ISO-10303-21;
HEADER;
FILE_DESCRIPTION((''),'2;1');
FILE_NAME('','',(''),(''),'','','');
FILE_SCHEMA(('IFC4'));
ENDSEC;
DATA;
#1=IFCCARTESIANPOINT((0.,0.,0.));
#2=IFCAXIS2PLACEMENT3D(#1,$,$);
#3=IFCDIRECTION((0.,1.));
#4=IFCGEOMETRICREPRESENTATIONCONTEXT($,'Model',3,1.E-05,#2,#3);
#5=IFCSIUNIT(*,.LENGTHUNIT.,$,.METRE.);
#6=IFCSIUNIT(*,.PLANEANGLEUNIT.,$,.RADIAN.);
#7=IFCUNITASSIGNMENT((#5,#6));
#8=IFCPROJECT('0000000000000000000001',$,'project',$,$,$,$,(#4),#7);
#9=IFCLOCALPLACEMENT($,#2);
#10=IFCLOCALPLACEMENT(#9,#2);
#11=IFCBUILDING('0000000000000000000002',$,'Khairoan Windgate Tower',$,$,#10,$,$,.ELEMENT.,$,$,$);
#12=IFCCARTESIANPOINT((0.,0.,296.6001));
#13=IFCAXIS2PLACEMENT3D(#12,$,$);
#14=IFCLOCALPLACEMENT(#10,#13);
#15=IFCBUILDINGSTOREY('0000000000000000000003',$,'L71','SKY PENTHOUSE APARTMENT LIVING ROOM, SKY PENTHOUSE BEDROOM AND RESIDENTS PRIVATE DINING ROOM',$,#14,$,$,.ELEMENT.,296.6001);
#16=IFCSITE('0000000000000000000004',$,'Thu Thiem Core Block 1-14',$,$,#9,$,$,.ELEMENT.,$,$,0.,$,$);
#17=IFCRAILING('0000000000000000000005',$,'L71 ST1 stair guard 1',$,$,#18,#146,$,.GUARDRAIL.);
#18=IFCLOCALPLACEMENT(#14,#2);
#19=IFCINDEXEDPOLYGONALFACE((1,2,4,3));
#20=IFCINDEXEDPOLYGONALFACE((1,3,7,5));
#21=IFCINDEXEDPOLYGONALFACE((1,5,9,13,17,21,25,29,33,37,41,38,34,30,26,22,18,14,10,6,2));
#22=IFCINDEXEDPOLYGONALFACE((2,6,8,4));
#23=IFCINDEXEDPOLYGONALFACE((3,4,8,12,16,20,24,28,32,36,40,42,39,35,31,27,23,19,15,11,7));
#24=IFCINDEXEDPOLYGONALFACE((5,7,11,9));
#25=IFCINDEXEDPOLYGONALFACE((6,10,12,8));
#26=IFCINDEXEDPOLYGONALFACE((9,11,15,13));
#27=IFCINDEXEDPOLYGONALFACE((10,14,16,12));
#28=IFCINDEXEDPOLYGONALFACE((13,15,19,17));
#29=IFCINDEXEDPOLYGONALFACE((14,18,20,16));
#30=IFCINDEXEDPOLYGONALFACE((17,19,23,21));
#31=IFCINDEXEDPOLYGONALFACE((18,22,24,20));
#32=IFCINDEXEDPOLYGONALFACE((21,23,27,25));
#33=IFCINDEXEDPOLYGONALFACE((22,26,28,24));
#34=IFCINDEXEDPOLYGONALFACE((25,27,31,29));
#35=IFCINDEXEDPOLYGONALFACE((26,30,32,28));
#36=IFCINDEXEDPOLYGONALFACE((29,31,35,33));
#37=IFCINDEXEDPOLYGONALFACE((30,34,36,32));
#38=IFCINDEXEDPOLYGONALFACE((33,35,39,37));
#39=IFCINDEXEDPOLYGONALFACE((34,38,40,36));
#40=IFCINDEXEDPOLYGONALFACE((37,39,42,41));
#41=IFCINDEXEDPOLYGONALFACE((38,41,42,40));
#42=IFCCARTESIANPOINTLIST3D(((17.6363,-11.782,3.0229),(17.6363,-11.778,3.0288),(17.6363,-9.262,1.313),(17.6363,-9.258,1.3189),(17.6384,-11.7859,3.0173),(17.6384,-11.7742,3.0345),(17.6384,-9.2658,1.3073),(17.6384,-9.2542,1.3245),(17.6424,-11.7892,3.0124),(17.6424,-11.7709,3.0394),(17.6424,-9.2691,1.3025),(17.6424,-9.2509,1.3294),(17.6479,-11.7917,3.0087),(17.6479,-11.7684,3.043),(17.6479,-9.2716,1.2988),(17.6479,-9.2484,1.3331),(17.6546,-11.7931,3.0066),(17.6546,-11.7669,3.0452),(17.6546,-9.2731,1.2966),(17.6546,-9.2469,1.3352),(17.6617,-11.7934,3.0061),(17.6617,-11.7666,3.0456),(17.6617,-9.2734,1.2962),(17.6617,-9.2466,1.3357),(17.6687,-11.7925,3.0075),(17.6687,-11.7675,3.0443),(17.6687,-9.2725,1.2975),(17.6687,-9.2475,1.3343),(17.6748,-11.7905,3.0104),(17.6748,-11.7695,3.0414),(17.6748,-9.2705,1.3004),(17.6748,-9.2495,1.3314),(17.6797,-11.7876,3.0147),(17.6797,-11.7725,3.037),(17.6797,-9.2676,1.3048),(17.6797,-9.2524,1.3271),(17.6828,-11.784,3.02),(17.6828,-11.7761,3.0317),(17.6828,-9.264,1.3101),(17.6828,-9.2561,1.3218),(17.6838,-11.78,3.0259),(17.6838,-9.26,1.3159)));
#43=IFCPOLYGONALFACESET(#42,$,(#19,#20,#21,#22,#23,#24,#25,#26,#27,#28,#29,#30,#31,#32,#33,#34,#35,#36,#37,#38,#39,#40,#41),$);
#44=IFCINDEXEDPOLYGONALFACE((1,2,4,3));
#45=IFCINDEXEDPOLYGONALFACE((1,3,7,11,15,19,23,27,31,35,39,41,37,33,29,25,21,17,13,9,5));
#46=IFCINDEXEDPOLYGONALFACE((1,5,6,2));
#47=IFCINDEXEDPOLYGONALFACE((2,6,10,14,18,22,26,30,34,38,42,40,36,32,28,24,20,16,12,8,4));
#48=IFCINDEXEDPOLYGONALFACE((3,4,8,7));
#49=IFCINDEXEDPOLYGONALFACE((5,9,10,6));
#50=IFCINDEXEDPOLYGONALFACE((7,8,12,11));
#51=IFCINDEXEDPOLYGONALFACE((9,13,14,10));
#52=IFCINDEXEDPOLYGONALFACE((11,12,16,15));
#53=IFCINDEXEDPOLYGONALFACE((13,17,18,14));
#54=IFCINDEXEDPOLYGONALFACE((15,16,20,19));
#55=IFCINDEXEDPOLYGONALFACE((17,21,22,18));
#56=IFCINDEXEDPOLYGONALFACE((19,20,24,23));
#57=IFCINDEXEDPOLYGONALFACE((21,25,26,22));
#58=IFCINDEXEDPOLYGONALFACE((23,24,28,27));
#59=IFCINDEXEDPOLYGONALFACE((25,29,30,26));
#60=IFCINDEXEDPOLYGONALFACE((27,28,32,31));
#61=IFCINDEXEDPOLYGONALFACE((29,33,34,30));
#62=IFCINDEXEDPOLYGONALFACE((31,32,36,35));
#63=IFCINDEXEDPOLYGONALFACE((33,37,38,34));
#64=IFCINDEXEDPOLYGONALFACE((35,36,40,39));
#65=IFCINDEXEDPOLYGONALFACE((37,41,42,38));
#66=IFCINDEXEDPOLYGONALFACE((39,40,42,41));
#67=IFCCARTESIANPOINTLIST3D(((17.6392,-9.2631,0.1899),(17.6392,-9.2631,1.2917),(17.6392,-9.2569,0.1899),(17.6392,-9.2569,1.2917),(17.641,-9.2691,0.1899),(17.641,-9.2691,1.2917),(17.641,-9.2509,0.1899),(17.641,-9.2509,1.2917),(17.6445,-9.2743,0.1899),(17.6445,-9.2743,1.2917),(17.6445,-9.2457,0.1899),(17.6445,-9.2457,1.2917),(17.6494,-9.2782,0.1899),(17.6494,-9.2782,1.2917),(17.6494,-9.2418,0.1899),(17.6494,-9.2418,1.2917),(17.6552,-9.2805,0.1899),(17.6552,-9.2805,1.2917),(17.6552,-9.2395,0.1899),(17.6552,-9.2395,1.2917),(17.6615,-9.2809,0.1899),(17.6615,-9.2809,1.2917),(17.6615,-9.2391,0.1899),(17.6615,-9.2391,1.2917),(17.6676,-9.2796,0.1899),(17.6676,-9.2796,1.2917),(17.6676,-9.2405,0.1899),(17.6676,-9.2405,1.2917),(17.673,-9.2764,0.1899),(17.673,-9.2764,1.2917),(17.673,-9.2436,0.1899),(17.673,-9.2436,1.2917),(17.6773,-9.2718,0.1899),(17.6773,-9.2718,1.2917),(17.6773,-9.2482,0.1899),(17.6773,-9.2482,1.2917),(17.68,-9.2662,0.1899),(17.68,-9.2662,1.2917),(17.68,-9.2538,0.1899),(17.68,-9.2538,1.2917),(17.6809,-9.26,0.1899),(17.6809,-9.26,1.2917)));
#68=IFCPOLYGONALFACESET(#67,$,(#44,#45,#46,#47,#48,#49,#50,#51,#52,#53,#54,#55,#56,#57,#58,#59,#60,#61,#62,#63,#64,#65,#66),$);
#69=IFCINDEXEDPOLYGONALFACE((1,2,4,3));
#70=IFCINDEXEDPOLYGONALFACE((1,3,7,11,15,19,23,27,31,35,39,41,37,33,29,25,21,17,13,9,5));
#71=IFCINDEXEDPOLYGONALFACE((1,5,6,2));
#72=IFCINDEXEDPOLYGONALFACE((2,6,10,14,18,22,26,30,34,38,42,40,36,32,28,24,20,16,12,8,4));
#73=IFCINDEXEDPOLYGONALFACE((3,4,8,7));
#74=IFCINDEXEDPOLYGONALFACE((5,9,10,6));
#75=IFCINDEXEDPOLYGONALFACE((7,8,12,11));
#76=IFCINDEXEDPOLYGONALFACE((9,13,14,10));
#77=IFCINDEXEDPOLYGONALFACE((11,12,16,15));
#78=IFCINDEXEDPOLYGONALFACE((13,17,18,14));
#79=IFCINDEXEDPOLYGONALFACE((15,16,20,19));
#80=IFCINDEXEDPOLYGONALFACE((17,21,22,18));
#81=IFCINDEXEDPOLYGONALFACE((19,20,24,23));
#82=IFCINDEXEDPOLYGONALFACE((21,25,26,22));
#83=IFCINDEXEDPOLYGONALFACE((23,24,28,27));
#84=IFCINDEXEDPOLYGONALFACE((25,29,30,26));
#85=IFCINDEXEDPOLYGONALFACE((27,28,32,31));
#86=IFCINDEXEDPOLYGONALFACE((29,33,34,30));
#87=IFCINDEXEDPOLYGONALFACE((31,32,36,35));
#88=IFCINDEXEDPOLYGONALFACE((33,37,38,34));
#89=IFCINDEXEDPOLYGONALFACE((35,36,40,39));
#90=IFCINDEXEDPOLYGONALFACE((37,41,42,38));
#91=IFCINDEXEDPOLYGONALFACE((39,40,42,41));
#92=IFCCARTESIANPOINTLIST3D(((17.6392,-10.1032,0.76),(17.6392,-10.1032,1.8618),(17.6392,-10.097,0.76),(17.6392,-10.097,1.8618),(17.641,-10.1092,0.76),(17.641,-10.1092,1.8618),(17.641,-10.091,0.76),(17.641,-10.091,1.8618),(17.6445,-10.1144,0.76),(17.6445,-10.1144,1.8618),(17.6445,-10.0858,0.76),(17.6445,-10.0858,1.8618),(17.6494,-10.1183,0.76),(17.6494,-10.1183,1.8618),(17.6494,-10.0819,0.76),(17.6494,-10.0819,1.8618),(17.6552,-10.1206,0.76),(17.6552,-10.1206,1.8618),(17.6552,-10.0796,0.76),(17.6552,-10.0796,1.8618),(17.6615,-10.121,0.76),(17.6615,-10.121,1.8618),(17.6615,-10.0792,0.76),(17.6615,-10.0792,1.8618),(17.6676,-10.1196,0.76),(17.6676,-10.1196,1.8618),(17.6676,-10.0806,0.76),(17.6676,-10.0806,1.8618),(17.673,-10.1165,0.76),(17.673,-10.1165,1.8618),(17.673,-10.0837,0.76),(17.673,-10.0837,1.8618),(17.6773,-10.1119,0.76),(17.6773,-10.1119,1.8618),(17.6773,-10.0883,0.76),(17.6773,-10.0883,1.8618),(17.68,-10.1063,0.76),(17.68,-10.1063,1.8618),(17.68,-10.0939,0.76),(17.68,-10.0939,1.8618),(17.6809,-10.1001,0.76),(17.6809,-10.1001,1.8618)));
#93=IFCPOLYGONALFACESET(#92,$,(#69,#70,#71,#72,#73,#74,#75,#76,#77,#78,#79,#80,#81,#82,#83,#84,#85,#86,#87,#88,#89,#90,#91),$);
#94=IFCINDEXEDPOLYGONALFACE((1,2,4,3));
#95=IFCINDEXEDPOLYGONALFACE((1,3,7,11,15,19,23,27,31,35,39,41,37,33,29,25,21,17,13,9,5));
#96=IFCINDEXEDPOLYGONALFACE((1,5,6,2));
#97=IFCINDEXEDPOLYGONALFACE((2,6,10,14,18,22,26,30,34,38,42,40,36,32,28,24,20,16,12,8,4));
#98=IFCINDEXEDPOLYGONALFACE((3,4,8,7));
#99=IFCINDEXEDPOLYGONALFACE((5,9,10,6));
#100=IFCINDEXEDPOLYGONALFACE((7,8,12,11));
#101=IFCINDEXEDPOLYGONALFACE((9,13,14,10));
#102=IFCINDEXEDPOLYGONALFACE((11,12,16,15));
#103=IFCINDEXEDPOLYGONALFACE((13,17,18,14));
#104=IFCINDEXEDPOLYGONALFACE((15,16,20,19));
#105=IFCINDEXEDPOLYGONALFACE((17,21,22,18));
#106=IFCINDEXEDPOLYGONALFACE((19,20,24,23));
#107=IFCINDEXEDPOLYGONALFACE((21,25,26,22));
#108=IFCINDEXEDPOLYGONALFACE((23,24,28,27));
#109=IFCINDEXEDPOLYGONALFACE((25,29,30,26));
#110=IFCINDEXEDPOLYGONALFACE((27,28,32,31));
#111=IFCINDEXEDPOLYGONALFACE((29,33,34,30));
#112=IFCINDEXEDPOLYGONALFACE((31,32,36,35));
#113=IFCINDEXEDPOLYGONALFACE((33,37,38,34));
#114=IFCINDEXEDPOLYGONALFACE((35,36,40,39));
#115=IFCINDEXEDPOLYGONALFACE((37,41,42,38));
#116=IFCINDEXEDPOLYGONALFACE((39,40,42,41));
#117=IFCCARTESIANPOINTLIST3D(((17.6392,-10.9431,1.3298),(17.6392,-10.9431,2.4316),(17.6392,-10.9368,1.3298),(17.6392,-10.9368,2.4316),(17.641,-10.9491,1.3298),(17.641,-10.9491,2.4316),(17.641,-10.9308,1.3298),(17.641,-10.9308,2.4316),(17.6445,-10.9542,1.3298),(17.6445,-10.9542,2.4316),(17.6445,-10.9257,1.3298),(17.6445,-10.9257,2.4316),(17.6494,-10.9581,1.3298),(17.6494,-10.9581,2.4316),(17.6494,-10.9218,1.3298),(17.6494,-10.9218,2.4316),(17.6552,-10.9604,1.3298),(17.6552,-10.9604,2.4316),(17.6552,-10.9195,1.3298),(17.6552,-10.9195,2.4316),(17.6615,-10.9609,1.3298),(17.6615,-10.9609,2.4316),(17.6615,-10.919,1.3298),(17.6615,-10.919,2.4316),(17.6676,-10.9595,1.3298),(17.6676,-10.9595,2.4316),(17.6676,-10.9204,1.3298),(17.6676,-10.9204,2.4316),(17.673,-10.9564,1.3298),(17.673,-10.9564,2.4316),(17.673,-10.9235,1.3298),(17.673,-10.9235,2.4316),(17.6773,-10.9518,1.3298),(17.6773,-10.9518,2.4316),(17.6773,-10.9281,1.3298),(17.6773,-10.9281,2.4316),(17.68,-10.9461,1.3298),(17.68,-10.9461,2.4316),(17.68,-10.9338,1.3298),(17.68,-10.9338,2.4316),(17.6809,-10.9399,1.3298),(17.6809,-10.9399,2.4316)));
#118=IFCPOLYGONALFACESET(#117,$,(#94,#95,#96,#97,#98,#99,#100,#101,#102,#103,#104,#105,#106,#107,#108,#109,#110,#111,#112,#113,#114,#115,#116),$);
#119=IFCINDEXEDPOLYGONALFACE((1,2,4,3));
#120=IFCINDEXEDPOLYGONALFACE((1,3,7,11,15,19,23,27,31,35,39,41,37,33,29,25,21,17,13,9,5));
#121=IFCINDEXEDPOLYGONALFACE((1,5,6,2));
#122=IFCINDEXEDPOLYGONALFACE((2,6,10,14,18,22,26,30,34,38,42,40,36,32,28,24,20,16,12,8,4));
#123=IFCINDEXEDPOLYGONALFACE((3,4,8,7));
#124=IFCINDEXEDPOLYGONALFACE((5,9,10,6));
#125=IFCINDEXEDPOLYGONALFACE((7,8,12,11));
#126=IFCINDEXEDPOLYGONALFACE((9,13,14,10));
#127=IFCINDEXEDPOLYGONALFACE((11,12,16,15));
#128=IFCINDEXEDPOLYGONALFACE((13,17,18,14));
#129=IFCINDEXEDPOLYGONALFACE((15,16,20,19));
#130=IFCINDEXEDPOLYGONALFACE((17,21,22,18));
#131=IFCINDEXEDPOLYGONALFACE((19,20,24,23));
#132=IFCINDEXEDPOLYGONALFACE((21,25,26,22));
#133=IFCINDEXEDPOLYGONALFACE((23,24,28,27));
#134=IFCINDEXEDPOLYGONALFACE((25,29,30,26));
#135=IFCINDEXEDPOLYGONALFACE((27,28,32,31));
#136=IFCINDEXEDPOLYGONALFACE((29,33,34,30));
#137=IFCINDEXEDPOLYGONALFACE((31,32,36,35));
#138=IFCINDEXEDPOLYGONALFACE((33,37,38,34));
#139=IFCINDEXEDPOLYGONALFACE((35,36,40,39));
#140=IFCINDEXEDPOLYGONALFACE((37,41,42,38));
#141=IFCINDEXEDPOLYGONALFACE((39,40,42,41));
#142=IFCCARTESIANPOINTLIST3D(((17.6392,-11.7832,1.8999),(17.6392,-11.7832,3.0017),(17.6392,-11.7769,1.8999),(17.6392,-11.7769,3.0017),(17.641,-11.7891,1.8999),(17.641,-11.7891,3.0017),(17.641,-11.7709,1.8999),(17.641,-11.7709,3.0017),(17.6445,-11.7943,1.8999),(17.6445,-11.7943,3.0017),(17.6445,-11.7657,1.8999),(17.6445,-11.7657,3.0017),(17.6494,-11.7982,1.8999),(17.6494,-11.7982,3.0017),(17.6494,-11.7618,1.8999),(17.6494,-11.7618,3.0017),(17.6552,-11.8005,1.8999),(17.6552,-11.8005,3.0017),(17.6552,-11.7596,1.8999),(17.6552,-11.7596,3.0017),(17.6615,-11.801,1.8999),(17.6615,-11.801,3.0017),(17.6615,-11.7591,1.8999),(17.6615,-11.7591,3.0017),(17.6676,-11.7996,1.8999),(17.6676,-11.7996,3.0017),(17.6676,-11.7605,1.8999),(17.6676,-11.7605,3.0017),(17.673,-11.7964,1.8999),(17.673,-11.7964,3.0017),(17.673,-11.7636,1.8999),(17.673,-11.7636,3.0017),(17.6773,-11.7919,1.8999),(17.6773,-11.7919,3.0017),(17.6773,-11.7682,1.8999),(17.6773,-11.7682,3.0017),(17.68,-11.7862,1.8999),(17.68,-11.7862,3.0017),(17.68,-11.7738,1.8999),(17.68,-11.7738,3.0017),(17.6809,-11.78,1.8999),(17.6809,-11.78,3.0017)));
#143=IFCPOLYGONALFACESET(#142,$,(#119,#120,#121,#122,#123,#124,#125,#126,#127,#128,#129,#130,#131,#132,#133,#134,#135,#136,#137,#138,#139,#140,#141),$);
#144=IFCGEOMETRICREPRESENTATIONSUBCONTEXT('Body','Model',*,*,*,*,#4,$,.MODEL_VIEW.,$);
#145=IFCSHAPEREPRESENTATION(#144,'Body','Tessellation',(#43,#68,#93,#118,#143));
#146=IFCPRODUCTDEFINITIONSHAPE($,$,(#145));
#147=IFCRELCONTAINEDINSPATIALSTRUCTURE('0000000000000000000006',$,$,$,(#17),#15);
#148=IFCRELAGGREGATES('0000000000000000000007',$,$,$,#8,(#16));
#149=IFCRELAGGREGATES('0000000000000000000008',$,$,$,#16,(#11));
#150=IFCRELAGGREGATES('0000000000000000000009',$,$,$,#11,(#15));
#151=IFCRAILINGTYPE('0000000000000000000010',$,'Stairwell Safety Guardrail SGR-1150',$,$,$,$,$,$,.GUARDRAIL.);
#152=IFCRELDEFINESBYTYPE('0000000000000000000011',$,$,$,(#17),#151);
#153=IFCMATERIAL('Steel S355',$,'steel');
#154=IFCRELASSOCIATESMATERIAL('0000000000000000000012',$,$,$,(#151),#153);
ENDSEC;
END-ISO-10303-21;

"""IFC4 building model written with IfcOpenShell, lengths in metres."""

from ifc_helpers import new_model, si_unit, direction, frame, origin, origin_2d, place, context, subcontext, project, spatial, circle, extrude, material, type_object, element, save


model = new_model("IFC4")

# Units and contexts
model_context = context("Model", 3, precision=1e-05, world=origin(), true_north=direction((0.0, 1.0)))
body_context = subcontext(model_context, "Body", "Model", "MODEL_VIEW")
ifc_project = project(units=[si_unit("LENGTHUNIT", "METRE"), si_unit("PLANEANGLEUNIT", "RADIAN")], contexts=[model_context])

# Site, building, storey
site_placement = place(None, origin())
site = spatial("IfcSite", under=ifc_project, at=site_placement, Name="Thu Thiem Core Block 1-14", CompositionType="ELEMENT", RefElevation=0.0)
building_placement = place(site_placement, origin())
building = spatial("IfcBuilding", under=site, at=building_placement, Name="Khairoan Windgate Tower", CompositionType="ELEMENT")
storey_placement = place(building_placement, frame((0.0, 0.0, 296.6001)))
storey = spatial("IfcBuildingStorey", under=building, at=storey_placement, Name="L71", Description="SKY PENTHOUSE APARTMENT LIVING ROOM, SKY PENTHOUSE BEDROOM AND RESIDENTS PRIVATE DINING ROOM", CompositionType="ELEMENT", Elevation=296.6001)

# Railing
ifc_material_1 = material(Name="Steel S355", Category="steel")
railing_type_1 = type_object("IfcRailingType", Name="Stairwell Safety Guardrail SGR-1150", PredefinedType="GUARDRAIL", material=ifc_material_1)
railing_1_placement = place(storey_placement, frame((17.6599, -9.26, 0.1899)))
element("IfcRailing", 1, at=railing_1_placement, inside=storey, type_object=railing_type_1, Name="L71 ST1 stair guard 1", PredefinedType="GUARDRAIL", context=body_context, shape_type="SweptSolid", body=[
    extrude(circle(Radius=0.0239, at=origin_2d()), frame((0.0, 0.0, 1.126), z_axis=(0.0, -0.827484, 0.56149), x_axis=(1.0, 0.0, 0.0)), (0.0, 0.0, 1.0), 3.0454),
    extrude(circle(Radius=0.021, at=origin_2d()), origin(), (0.0, 0.0, 1.0), 1.1018),
    extrude(circle(Radius=0.021, at=origin_2d()), frame((0.0, -0.8401, 0.5701)), (0.0, 0.0, 1.0), 1.1018),
    extrude(circle(Radius=0.021, at=origin_2d()), frame((0.0, -1.6799, 1.1399)), (0.0, 0.0, 1.0), 1.1018),
    extrude(circle(Radius=0.021, at=origin_2d()), frame((0.0, -2.52, 1.71)), (0.0, 0.0, 1.0), 1.1018),
])

save(model, "model.ifc")
